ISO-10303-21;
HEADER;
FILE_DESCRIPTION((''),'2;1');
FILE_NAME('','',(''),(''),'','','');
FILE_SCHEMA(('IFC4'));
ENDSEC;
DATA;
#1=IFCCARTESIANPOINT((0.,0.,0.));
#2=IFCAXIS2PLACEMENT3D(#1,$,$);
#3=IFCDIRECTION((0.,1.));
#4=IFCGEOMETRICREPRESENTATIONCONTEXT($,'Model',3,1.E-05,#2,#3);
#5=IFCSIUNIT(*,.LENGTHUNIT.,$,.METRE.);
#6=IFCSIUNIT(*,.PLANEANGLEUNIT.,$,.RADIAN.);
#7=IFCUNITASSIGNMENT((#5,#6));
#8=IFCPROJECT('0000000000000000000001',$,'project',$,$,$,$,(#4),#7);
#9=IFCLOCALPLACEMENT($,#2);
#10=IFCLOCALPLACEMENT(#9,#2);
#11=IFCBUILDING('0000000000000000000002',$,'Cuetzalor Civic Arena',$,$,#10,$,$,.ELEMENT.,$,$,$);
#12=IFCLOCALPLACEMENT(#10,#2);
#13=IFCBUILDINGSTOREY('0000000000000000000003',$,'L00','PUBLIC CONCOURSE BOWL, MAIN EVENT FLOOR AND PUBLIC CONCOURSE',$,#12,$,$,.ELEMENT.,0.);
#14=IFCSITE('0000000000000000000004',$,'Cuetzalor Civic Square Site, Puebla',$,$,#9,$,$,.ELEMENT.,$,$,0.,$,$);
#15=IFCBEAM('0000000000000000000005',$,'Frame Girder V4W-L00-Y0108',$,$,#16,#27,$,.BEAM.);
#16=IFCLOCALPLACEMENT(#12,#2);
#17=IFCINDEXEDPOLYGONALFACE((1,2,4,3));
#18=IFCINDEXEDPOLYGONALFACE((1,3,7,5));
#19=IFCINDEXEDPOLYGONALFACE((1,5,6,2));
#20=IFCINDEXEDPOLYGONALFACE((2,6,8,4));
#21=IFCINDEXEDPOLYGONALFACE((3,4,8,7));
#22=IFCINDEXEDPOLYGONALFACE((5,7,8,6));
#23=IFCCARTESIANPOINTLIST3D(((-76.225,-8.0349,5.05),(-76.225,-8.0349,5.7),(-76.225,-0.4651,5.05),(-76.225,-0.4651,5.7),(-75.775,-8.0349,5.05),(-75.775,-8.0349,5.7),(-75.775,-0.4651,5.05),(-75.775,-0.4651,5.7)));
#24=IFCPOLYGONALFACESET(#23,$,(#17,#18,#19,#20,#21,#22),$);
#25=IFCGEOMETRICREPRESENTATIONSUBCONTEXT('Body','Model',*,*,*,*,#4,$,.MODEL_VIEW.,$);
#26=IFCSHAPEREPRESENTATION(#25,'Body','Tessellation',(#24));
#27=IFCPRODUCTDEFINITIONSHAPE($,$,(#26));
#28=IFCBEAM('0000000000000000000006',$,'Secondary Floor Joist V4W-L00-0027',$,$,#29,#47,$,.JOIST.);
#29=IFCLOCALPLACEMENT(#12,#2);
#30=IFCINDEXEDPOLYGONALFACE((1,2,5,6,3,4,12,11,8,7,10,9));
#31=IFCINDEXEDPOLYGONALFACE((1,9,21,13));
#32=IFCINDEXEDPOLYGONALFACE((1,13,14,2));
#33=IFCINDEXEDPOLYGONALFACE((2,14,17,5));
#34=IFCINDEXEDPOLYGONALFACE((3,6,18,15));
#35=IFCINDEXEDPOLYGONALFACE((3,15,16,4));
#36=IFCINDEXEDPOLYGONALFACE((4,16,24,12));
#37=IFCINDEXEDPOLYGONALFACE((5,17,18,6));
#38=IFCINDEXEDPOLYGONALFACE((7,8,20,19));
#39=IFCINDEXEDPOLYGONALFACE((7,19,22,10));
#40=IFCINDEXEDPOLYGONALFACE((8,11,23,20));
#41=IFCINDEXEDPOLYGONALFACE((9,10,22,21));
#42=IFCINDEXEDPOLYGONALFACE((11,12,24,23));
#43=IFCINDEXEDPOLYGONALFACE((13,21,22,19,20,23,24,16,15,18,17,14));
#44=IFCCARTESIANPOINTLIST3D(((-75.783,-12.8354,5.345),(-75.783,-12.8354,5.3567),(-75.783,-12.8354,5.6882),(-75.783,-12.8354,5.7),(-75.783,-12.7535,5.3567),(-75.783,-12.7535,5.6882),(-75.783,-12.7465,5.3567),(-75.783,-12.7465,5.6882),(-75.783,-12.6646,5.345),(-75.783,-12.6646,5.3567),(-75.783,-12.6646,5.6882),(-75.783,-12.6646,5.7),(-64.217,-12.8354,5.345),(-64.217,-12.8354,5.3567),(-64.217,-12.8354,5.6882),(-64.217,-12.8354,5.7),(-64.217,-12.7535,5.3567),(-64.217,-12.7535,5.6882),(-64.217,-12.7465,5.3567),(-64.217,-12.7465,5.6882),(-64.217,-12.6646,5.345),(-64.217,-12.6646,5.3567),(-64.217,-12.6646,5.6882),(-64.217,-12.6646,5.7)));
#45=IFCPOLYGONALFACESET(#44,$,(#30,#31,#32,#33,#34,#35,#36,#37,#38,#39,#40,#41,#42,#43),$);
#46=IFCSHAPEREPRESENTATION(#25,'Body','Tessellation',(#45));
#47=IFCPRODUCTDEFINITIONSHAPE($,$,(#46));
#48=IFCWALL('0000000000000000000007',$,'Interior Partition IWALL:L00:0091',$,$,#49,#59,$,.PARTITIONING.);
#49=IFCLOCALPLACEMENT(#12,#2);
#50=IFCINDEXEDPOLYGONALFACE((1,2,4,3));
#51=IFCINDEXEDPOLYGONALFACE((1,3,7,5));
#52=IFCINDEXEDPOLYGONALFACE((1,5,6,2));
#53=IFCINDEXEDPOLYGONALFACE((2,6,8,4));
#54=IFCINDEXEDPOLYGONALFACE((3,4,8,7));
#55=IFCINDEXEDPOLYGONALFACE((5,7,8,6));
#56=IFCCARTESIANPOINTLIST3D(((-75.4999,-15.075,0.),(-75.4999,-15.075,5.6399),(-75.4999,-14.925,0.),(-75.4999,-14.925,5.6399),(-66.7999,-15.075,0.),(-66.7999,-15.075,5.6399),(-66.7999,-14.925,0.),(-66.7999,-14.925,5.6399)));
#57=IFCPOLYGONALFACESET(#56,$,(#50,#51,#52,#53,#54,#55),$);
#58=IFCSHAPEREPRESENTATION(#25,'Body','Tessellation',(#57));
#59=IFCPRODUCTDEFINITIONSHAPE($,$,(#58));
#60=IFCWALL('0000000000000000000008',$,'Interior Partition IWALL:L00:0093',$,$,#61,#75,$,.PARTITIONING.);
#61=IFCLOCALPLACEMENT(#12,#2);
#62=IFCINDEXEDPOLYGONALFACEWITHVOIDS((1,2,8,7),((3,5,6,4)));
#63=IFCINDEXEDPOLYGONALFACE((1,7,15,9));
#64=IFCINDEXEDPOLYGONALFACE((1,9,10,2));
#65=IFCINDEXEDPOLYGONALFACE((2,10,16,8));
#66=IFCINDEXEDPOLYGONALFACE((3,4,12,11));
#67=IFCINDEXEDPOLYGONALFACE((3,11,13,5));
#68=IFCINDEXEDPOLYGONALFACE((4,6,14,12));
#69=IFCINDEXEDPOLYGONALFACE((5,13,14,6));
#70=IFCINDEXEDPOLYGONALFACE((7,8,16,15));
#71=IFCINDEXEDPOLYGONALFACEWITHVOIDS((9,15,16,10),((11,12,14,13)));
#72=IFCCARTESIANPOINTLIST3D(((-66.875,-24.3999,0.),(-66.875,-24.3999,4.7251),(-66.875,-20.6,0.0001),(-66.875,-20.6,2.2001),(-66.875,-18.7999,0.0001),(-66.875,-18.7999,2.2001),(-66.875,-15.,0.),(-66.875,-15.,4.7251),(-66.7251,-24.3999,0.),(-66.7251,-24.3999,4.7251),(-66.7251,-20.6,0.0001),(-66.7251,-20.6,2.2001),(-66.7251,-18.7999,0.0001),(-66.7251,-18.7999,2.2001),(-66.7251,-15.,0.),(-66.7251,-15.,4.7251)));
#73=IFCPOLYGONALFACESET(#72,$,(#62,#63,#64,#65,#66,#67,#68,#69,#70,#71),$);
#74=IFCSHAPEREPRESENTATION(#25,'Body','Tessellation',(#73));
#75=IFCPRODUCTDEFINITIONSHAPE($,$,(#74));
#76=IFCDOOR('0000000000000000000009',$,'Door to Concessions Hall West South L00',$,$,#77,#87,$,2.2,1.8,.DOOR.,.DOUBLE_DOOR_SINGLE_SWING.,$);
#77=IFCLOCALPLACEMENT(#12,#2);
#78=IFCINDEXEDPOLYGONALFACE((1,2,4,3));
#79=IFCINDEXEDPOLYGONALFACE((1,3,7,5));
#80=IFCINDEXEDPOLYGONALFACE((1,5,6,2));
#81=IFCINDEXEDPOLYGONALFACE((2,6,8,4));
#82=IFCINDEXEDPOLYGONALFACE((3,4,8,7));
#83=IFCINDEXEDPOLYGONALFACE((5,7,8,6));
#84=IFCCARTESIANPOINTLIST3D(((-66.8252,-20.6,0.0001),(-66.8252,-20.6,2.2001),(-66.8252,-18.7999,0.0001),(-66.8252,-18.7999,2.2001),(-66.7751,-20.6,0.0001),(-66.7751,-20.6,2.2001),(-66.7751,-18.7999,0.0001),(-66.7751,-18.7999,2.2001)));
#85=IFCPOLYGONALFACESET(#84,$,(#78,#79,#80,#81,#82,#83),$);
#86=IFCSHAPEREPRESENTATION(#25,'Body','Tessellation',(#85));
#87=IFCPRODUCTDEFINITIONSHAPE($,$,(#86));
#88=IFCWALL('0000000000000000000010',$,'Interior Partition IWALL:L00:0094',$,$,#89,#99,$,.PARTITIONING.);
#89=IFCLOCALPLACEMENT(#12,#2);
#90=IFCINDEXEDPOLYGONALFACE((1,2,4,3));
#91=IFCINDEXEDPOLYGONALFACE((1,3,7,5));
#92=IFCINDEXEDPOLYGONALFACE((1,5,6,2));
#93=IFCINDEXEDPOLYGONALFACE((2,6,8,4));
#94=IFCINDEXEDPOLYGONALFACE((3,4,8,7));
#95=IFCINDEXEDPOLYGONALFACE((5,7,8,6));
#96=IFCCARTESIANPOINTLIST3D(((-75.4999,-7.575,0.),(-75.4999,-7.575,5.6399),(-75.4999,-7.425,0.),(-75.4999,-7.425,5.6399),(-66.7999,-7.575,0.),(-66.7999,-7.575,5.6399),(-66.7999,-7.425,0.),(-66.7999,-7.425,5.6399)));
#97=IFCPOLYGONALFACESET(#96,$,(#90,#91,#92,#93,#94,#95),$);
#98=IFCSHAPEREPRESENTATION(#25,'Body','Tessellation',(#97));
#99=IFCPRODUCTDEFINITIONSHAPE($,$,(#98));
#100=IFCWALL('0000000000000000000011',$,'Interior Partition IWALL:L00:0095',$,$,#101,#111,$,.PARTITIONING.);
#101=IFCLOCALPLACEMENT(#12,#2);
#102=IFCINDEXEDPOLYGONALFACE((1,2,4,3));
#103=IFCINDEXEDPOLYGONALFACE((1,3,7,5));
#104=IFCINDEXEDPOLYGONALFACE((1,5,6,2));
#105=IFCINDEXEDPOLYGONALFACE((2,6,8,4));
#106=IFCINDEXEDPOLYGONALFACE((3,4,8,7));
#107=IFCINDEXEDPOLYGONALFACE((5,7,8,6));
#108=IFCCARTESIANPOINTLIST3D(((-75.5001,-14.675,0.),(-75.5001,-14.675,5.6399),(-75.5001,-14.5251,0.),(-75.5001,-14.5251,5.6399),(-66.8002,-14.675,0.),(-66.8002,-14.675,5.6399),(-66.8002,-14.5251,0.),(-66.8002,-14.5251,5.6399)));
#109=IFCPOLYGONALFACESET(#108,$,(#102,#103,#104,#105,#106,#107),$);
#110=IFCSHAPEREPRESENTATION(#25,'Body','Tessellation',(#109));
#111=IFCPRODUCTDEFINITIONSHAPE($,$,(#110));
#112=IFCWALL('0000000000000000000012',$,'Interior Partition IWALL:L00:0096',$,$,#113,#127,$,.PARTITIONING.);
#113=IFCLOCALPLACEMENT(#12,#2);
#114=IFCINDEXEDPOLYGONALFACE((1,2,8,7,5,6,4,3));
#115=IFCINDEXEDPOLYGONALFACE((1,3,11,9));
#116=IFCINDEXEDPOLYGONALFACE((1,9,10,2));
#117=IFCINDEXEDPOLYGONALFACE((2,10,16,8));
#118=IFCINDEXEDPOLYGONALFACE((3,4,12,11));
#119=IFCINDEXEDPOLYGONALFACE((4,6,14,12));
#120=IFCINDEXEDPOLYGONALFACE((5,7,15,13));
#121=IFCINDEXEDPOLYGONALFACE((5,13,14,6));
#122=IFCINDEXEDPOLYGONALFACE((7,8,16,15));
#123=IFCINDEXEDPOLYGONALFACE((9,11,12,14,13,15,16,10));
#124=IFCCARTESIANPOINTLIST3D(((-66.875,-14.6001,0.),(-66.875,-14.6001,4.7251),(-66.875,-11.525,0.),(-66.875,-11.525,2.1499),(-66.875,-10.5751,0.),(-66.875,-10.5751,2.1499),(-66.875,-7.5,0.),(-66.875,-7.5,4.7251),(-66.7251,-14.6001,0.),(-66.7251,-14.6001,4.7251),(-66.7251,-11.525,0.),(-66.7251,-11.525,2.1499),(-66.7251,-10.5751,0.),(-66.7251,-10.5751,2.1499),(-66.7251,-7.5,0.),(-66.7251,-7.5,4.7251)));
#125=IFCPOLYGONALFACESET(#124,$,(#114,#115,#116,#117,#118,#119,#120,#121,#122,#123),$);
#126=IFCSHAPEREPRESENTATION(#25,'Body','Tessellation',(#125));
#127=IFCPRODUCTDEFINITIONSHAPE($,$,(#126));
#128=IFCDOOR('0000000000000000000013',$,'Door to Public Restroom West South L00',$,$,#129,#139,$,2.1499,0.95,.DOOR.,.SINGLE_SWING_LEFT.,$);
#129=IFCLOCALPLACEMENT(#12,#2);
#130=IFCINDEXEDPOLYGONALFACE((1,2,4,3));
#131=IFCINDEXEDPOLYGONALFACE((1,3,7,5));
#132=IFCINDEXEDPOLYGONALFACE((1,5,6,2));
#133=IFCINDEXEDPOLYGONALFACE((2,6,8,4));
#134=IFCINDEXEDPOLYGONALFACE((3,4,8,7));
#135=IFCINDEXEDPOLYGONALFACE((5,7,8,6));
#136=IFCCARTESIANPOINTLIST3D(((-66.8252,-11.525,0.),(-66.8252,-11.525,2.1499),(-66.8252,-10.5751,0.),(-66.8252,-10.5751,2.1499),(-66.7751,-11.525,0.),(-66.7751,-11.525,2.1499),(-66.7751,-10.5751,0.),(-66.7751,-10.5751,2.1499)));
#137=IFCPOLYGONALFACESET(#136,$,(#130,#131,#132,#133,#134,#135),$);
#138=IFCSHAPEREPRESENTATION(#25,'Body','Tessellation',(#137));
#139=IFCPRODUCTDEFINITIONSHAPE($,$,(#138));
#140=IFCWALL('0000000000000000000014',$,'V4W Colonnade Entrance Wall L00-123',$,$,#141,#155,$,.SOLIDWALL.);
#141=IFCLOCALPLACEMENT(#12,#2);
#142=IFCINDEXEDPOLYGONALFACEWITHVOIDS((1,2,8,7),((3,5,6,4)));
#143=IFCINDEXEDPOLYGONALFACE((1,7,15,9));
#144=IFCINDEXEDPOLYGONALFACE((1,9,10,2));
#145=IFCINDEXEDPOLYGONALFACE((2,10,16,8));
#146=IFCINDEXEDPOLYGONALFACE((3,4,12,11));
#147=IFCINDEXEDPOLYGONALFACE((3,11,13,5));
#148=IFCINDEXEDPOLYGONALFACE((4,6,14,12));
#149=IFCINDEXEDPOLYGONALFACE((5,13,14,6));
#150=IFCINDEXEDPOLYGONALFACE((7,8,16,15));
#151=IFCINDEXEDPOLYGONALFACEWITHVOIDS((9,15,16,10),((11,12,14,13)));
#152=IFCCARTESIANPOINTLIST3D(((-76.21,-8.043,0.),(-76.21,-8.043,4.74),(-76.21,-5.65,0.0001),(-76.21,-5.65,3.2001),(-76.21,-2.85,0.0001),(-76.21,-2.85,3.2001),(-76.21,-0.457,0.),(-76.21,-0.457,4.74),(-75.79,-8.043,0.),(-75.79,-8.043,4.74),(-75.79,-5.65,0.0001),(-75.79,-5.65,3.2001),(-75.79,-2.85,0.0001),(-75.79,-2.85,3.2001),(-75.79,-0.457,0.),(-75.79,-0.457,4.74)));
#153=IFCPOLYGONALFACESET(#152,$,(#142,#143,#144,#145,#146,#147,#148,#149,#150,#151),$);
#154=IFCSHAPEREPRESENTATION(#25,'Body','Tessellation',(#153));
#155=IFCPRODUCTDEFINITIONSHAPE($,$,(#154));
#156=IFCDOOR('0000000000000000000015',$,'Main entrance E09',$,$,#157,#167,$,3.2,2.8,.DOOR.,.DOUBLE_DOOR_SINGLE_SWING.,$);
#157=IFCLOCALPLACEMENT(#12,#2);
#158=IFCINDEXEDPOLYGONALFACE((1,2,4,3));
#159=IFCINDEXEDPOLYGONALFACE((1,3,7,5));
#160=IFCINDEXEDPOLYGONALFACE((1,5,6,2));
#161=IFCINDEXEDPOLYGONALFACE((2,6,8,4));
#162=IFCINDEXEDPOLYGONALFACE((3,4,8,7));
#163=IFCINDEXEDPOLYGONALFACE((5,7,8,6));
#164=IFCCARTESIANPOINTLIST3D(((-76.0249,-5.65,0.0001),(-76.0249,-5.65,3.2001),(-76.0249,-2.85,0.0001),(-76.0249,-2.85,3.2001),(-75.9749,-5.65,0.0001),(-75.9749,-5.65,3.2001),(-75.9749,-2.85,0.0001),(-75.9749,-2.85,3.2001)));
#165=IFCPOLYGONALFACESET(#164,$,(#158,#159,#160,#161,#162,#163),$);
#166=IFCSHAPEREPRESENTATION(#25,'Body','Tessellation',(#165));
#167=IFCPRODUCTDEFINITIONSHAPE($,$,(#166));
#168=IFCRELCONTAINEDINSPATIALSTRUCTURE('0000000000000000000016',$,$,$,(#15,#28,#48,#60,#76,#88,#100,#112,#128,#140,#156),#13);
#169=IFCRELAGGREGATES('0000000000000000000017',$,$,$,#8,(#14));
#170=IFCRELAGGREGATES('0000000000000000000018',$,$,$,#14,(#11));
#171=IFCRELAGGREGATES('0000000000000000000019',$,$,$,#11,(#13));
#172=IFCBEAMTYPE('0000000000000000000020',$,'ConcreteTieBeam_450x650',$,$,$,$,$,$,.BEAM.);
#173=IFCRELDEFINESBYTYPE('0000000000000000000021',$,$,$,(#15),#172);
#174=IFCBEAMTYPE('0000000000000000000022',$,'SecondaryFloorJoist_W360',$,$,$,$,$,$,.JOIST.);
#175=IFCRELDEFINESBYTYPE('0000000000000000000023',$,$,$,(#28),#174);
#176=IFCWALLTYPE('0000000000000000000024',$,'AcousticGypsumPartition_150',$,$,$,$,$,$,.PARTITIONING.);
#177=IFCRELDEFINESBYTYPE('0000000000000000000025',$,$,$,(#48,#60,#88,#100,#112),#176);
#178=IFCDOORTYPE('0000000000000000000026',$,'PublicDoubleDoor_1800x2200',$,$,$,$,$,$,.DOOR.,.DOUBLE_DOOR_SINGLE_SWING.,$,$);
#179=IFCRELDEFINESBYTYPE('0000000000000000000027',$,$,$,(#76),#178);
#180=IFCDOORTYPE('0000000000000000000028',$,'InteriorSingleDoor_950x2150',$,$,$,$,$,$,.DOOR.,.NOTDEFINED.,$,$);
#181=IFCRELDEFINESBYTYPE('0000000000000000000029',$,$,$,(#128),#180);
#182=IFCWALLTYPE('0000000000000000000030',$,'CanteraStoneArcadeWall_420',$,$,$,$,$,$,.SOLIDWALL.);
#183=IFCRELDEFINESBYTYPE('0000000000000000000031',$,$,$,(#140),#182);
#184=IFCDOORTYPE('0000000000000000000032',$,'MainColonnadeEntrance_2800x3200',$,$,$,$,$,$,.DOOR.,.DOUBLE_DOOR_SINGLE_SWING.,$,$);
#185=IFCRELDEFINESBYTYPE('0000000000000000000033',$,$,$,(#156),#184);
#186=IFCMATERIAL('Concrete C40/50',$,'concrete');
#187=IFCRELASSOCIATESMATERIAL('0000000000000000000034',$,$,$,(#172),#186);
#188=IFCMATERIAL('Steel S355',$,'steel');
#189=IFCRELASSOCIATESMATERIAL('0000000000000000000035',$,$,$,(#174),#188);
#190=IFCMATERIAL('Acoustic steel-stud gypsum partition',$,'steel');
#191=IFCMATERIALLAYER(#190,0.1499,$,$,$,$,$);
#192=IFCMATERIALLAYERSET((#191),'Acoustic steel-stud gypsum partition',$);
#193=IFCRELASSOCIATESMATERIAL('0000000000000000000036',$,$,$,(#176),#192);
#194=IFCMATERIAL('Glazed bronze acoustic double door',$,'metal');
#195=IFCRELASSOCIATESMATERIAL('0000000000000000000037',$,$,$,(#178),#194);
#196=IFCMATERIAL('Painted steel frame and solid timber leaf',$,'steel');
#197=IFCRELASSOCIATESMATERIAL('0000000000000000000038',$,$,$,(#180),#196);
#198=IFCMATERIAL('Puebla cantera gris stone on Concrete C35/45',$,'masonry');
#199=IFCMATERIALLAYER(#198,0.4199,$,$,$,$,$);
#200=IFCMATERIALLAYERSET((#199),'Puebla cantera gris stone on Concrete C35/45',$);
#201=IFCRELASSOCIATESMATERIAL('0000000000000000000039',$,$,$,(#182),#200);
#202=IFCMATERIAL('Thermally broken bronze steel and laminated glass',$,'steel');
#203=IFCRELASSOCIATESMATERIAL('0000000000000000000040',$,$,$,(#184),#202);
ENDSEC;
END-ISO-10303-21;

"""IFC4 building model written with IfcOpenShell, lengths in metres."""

from ifc_helpers import new_model, si_unit, direction, frame, frame_2d, origin, origin_2d, place, context, subcontext, project, spatial, rectangle, i_section, extrude, material, layer, layer_set, material_profile, profile_set, type_object, element, fill, save


model = new_model("IFC4")

# Units and contexts
model_context = context("Model", 3, precision=1e-05, world=origin(), true_north=direction((0.0, 1.0)))
body_context = subcontext(model_context, "Body", "Model", "MODEL_VIEW")
ifc_project = project(units=[si_unit("LENGTHUNIT", "METRE"), si_unit("PLANEANGLEUNIT", "RADIAN")], contexts=[model_context])

# Site, building, storey
site_placement = place(None, origin())
site = spatial("IfcSite", under=ifc_project, at=site_placement, Name="Cuetzalor Civic Square Site, Puebla", CompositionType="ELEMENT", RefElevation=0.0)
building_placement = place(site_placement, origin())
building = spatial("IfcBuilding", under=site, at=building_placement, Name="Cuetzalor Civic Arena", CompositionType="ELEMENT")
storey_placement = place(building_placement, origin())
storey = spatial("IfcBuildingStorey", under=building, at=storey_placement, Name="L00", Description="PUBLIC CONCOURSE BOWL, MAIN EVENT FLOOR AND PUBLIC CONCOURSE", CompositionType="ELEMENT", Elevation=0.0)

# Beams
ifc_material_1 = material(Name="Concrete C40/50", Category="concrete")
ifc_material_profile_1 = material_profile(ifc_material_1, rectangle(XDim=0.45, YDim=0.6499, at=origin_2d()), Name="RC 450x650")
ifc_profile_set_1 = profile_set([ifc_material_profile_1], Name="Concrete C40/50")
beam_type_1 = type_object("IfcBeamType", Name="ConcreteTieBeam_450x650", PredefinedType="BEAM", material=ifc_profile_set_1)
beam_1_placement = place(storey_placement, frame((-76.0, -8.0349, 5.375), z_axis=(0.0, 1.0, 0.0), x_axis=(-1.0, 0.0, 0.0)))
element("IfcBeam", 1, at=beam_1_placement, inside=storey, type_object=beam_type_1, Name="Frame Girder V4W-L00-Y0108", PredefinedType="BEAM", context=body_context, shape_type="SweptSolid", body=[
    extrude(rectangle(XDim=0.45, YDim=0.6499, at=origin_2d()), origin(), (0.0, 0.0, 1.0), 7.5698),
])
ifc_material_2 = material(Name="Steel S355", Category="steel")
ifc_material_profile_2 = material_profile(ifc_material_2, i_section(OverallWidth=0.1709, OverallDepth=0.355, WebThickness=0.0071, FlangeThickness=0.0117, at=origin_2d()), Name="W360x51")
ifc_profile_set_2 = profile_set([ifc_material_profile_2], Name="Steel S355")
beam_type_2 = type_object("IfcBeamType", Name="SecondaryFloorJoist_W360", PredefinedType="JOIST", material=ifc_profile_set_2)
beam_2_placement = place(storey_placement, frame((-75.783, -12.75, 5.5225), z_axis=(1.0, 0.0, 0.0), x_axis=(0.0, 1.0, 0.0)))
element("IfcBeam", 2, at=beam_2_placement, inside=storey, type_object=beam_type_2, Name="Secondary Floor Joist V4W-L00-0027", PredefinedType="JOIST", context=body_context, shape_type="SweptSolid", body=[
    extrude(i_section(OverallWidth=0.1709, OverallDepth=0.355, WebThickness=0.0071, FlangeThickness=0.0117, at=origin_2d()), origin(), (0.0, 0.0, 1.0), 11.5659),
])

# Wall
ifc_material_3 = material(Name="Acoustic steel-stud gypsum partition", Category="steel")
ifc_layer_1 = layer(ifc_material_3, 0.1499)
ifc_layer_set_1 = layer_set([ifc_layer_1], Name="Acoustic steel-stud gypsum partition")
wall_type_1 = type_object("IfcWallType", Name="AcousticGypsumPartition_150", PredefinedType="PARTITIONING", material=ifc_layer_set_1)
wall_1_placement = place(storey_placement, frame((-75.5, -15.0, 0.0), z_axis=(0.0, 0.0, 1.0), x_axis=(1.0, 0.0, 0.0)))
element("IfcWall", 3, at=wall_1_placement, inside=storey, type_object=wall_type_1, Name="Interior Partition IWALL:L00:0091", PredefinedType="PARTITIONING", context=body_context, shape_type="SweptSolid", body=[
    extrude(rectangle(XDim=8.7, YDim=0.1499, at=frame_2d((4.3501, 0.0))), origin(), (0.0, 0.0, 1.0), 5.6399),
])

# Wall, opening, door
wall_2_placement = place(storey_placement, frame((-66.8, -15.0, 0.0), z_axis=(0.0, 0.0, 1.0), x_axis=(0.0, -1.0, 0.0)))
wall_2 = element("IfcWall", 4, at=wall_2_placement, inside=storey, type_object=wall_type_1, Name="Interior Partition IWALL:L00:0093", PredefinedType="PARTITIONING", context=body_context, shape_type="SweptSolid", body=[
    extrude(rectangle(XDim=9.3999, YDim=0.1499, at=frame_2d((4.7, 0.0))), origin(), (0.0, 0.0, 1.0), 4.7251),
])
opening_1_placement = place(wall_2_placement, frame((3.8, 0.0, 0.0)))
opening_1 = element("IfcOpeningElement", 5, at=opening_1_placement, cuts=wall_2, PredefinedType="OPENING", context=body_context, shape_type="SweptSolid", body=[
    extrude(rectangle(XDim=1.8, YDim=2.2, at=frame_2d((0.8999, 1.1001))), frame((0.0, 0.085, 0.0), z_axis=(0.0, -1.0, 0.0), x_axis=(1.0, 0.0, 0.0)), (0.0, 0.0, 1.0), 0.1699),
])
ifc_material_4 = material(Name="Glazed bronze acoustic double door", Category="metal")
door_type_1 = type_object("IfcDoorType", Name="PublicDoubleDoor_1800x2200", OperationType="DOUBLE_DOOR_SINGLE_SWING", PredefinedType="DOOR", material=ifc_material_4)
door_1_placement = place(opening_1_placement, origin())
door_1 = element("IfcDoor", 6, at=door_1_placement, inside=storey, type_object=door_type_1, Name="Door to Concessions Hall West South L00", OperationType="DOUBLE_DOOR_SINGLE_SWING", OverallHeight=2.2, OverallWidth=1.8, PredefinedType="DOOR", context=body_context, shape_type="SweptSolid", body=[
    extrude(rectangle(XDim=1.8, YDim=2.2, at=frame_2d((0.8999, 1.1001))), frame((0.0, 0.0249, 0.0), z_axis=(0.0, -1.0, 0.0), x_axis=(1.0, 0.0, 0.0)), (0.0, 0.0, 1.0), 0.05),
])
fill(opening_1, door_1)

# Walls
for number, where, z_axis, x_axis, name in (
    (7, (-75.5, -7.5, 0.0), (0.0, 0.0, 1.0), (1.0, 0.0, 0.0), "Interior Partition IWALL:L00:0094"),
    (8, (-66.8, -14.6001, 0.0), (0.0, 0.0, 1.0), (-1.0, 0.0, 0.0), "Interior Partition IWALL:L00:0095"),
):
    element("IfcWall", number, at=place(storey_placement, frame(where, z_axis=z_axis, x_axis=x_axis)), inside=storey, type_object=wall_type_1, Name=name, PredefinedType="PARTITIONING", context=body_context, shape_type="SweptSolid", body=[
        extrude(rectangle(XDim=8.7, YDim=0.1499, at=frame_2d((4.3501, 0.0))), origin(), (0.0, 0.0, 1.0), 5.6399),
    ])

# Walls, openings, doors
wall_3_placement = place(storey_placement, frame((-66.8, -7.5, 0.0), z_axis=(0.0, 0.0, 1.0), x_axis=(0.0, -1.0, 0.0)))
wall_3 = element("IfcWall", 9, at=wall_3_placement, inside=storey, type_object=wall_type_1, Name="Interior Partition IWALL:L00:0096", PredefinedType="PARTITIONING", context=body_context, shape_type="SweptSolid", body=[
    extrude(rectangle(XDim=7.1001, YDim=0.1499, at=frame_2d((3.55, 0.0))), origin(), (0.0, 0.0, 1.0), 4.7251),
])
opening_2_placement = place(wall_3_placement, frame((3.075, 0.0, 0.0)))
opening_2 = element("IfcOpeningElement", 10, at=opening_2_placement, cuts=wall_3, PredefinedType="OPENING", context=body_context, shape_type="SweptSolid", body=[
    extrude(rectangle(XDim=0.95, YDim=2.1499, at=frame_2d((0.4751, 1.075))), frame((0.0, 0.085, 0.0), z_axis=(0.0, -1.0, 0.0), x_axis=(1.0, 0.0, 0.0)), (0.0, 0.0, 1.0), 0.1699),
])
ifc_material_5 = material(Name="Painted steel frame and solid timber leaf", Category="steel")
door_type_2 = type_object("IfcDoorType", Name="InteriorSingleDoor_950x2150", OperationType="NOTDEFINED", PredefinedType="DOOR", material=ifc_material_5)
door_2_placement = place(opening_2_placement, origin())
door_2 = element("IfcDoor", 11, at=door_2_placement, inside=storey, type_object=door_type_2, Name="Door to Public Restroom West South L00", OperationType="SINGLE_SWING_LEFT", OverallHeight=2.1499, OverallWidth=0.95, PredefinedType="DOOR", context=body_context, shape_type="SweptSolid", body=[
    extrude(rectangle(XDim=0.95, YDim=2.1499, at=frame_2d((0.4751, 1.075))), frame((0.0, 0.0249, 0.0), z_axis=(0.0, -1.0, 0.0), x_axis=(1.0, 0.0, 0.0)), (0.0, 0.0, 1.0), 0.05),
])
fill(opening_2, door_2)
ifc_material_6 = material(Name="Puebla cantera gris stone on Concrete C35/45", Category="masonry")
ifc_layer_2 = layer(ifc_material_6, 0.4199)
ifc_layer_set_2 = layer_set([ifc_layer_2], Name="Puebla cantera gris stone on Concrete C35/45")
wall_type_2 = type_object("IfcWallType", Name="CanteraStoneArcadeWall_420", PredefinedType="SOLIDWALL", material=ifc_layer_set_2)
wall_4_placement = place(storey_placement, frame((-76.0, -8.043, 0.0), z_axis=(0.0, 0.0, 1.0), x_axis=(0.0, 1.0, 0.0)))
wall_4 = element("IfcWall", 12, at=wall_4_placement, inside=storey, type_object=wall_type_2, Name="V4W Colonnade Entrance Wall L00-123", PredefinedType="SOLIDWALL", context=body_context, shape_type="SweptSolid", body=[
    extrude(rectangle(XDim=7.5859, YDim=0.4199, at=frame_2d((3.793, 0.0))), origin(), (0.0, 0.0, 1.0), 4.74),
])
opening_3_placement = place(wall_4_placement, frame((2.3931, 0.0, 0.0)))
opening_3 = element("IfcOpeningElement", 13, at=opening_3_placement, cuts=wall_4, PredefinedType="OPENING", context=body_context, shape_type="SweptSolid", body=[
    extrude(rectangle(XDim=2.8, YDim=3.2, at=frame_2d((1.3999, 1.6001))), frame((0.0, 0.22, 0.0), z_axis=(0.0, -1.0, 0.0), x_axis=(1.0, 0.0, 0.0)), (0.0, 0.0, 1.0), 0.4399),
])
ifc_material_7 = material(Name="Thermally broken bronze steel and laminated glass", Category="steel")
door_type_3 = type_object("IfcDoorType", Name="MainColonnadeEntrance_2800x3200", OperationType="DOUBLE_DOOR_SINGLE_SWING", PredefinedType="DOOR", material=ifc_material_7)
door_3_placement = place(opening_3_placement, origin())
door_3 = element("IfcDoor", 14, at=door_3_placement, inside=storey, type_object=door_type_3, Name="Main entrance E09", OperationType="DOUBLE_DOOR_SINGLE_SWING", OverallHeight=3.2, OverallWidth=2.8, PredefinedType="DOOR", context=body_context, shape_type="SweptSolid", body=[
    extrude(rectangle(XDim=2.8, YDim=3.2, at=frame_2d((1.3999, 1.6001))), frame((0.0, 0.0249, 0.0), z_axis=(0.0, -1.0, 0.0), x_axis=(1.0, 0.0, 0.0)), (0.0, 0.0, 1.0), 0.05),
])
fill(opening_3, door_3)

save(model, "model.ifc")
